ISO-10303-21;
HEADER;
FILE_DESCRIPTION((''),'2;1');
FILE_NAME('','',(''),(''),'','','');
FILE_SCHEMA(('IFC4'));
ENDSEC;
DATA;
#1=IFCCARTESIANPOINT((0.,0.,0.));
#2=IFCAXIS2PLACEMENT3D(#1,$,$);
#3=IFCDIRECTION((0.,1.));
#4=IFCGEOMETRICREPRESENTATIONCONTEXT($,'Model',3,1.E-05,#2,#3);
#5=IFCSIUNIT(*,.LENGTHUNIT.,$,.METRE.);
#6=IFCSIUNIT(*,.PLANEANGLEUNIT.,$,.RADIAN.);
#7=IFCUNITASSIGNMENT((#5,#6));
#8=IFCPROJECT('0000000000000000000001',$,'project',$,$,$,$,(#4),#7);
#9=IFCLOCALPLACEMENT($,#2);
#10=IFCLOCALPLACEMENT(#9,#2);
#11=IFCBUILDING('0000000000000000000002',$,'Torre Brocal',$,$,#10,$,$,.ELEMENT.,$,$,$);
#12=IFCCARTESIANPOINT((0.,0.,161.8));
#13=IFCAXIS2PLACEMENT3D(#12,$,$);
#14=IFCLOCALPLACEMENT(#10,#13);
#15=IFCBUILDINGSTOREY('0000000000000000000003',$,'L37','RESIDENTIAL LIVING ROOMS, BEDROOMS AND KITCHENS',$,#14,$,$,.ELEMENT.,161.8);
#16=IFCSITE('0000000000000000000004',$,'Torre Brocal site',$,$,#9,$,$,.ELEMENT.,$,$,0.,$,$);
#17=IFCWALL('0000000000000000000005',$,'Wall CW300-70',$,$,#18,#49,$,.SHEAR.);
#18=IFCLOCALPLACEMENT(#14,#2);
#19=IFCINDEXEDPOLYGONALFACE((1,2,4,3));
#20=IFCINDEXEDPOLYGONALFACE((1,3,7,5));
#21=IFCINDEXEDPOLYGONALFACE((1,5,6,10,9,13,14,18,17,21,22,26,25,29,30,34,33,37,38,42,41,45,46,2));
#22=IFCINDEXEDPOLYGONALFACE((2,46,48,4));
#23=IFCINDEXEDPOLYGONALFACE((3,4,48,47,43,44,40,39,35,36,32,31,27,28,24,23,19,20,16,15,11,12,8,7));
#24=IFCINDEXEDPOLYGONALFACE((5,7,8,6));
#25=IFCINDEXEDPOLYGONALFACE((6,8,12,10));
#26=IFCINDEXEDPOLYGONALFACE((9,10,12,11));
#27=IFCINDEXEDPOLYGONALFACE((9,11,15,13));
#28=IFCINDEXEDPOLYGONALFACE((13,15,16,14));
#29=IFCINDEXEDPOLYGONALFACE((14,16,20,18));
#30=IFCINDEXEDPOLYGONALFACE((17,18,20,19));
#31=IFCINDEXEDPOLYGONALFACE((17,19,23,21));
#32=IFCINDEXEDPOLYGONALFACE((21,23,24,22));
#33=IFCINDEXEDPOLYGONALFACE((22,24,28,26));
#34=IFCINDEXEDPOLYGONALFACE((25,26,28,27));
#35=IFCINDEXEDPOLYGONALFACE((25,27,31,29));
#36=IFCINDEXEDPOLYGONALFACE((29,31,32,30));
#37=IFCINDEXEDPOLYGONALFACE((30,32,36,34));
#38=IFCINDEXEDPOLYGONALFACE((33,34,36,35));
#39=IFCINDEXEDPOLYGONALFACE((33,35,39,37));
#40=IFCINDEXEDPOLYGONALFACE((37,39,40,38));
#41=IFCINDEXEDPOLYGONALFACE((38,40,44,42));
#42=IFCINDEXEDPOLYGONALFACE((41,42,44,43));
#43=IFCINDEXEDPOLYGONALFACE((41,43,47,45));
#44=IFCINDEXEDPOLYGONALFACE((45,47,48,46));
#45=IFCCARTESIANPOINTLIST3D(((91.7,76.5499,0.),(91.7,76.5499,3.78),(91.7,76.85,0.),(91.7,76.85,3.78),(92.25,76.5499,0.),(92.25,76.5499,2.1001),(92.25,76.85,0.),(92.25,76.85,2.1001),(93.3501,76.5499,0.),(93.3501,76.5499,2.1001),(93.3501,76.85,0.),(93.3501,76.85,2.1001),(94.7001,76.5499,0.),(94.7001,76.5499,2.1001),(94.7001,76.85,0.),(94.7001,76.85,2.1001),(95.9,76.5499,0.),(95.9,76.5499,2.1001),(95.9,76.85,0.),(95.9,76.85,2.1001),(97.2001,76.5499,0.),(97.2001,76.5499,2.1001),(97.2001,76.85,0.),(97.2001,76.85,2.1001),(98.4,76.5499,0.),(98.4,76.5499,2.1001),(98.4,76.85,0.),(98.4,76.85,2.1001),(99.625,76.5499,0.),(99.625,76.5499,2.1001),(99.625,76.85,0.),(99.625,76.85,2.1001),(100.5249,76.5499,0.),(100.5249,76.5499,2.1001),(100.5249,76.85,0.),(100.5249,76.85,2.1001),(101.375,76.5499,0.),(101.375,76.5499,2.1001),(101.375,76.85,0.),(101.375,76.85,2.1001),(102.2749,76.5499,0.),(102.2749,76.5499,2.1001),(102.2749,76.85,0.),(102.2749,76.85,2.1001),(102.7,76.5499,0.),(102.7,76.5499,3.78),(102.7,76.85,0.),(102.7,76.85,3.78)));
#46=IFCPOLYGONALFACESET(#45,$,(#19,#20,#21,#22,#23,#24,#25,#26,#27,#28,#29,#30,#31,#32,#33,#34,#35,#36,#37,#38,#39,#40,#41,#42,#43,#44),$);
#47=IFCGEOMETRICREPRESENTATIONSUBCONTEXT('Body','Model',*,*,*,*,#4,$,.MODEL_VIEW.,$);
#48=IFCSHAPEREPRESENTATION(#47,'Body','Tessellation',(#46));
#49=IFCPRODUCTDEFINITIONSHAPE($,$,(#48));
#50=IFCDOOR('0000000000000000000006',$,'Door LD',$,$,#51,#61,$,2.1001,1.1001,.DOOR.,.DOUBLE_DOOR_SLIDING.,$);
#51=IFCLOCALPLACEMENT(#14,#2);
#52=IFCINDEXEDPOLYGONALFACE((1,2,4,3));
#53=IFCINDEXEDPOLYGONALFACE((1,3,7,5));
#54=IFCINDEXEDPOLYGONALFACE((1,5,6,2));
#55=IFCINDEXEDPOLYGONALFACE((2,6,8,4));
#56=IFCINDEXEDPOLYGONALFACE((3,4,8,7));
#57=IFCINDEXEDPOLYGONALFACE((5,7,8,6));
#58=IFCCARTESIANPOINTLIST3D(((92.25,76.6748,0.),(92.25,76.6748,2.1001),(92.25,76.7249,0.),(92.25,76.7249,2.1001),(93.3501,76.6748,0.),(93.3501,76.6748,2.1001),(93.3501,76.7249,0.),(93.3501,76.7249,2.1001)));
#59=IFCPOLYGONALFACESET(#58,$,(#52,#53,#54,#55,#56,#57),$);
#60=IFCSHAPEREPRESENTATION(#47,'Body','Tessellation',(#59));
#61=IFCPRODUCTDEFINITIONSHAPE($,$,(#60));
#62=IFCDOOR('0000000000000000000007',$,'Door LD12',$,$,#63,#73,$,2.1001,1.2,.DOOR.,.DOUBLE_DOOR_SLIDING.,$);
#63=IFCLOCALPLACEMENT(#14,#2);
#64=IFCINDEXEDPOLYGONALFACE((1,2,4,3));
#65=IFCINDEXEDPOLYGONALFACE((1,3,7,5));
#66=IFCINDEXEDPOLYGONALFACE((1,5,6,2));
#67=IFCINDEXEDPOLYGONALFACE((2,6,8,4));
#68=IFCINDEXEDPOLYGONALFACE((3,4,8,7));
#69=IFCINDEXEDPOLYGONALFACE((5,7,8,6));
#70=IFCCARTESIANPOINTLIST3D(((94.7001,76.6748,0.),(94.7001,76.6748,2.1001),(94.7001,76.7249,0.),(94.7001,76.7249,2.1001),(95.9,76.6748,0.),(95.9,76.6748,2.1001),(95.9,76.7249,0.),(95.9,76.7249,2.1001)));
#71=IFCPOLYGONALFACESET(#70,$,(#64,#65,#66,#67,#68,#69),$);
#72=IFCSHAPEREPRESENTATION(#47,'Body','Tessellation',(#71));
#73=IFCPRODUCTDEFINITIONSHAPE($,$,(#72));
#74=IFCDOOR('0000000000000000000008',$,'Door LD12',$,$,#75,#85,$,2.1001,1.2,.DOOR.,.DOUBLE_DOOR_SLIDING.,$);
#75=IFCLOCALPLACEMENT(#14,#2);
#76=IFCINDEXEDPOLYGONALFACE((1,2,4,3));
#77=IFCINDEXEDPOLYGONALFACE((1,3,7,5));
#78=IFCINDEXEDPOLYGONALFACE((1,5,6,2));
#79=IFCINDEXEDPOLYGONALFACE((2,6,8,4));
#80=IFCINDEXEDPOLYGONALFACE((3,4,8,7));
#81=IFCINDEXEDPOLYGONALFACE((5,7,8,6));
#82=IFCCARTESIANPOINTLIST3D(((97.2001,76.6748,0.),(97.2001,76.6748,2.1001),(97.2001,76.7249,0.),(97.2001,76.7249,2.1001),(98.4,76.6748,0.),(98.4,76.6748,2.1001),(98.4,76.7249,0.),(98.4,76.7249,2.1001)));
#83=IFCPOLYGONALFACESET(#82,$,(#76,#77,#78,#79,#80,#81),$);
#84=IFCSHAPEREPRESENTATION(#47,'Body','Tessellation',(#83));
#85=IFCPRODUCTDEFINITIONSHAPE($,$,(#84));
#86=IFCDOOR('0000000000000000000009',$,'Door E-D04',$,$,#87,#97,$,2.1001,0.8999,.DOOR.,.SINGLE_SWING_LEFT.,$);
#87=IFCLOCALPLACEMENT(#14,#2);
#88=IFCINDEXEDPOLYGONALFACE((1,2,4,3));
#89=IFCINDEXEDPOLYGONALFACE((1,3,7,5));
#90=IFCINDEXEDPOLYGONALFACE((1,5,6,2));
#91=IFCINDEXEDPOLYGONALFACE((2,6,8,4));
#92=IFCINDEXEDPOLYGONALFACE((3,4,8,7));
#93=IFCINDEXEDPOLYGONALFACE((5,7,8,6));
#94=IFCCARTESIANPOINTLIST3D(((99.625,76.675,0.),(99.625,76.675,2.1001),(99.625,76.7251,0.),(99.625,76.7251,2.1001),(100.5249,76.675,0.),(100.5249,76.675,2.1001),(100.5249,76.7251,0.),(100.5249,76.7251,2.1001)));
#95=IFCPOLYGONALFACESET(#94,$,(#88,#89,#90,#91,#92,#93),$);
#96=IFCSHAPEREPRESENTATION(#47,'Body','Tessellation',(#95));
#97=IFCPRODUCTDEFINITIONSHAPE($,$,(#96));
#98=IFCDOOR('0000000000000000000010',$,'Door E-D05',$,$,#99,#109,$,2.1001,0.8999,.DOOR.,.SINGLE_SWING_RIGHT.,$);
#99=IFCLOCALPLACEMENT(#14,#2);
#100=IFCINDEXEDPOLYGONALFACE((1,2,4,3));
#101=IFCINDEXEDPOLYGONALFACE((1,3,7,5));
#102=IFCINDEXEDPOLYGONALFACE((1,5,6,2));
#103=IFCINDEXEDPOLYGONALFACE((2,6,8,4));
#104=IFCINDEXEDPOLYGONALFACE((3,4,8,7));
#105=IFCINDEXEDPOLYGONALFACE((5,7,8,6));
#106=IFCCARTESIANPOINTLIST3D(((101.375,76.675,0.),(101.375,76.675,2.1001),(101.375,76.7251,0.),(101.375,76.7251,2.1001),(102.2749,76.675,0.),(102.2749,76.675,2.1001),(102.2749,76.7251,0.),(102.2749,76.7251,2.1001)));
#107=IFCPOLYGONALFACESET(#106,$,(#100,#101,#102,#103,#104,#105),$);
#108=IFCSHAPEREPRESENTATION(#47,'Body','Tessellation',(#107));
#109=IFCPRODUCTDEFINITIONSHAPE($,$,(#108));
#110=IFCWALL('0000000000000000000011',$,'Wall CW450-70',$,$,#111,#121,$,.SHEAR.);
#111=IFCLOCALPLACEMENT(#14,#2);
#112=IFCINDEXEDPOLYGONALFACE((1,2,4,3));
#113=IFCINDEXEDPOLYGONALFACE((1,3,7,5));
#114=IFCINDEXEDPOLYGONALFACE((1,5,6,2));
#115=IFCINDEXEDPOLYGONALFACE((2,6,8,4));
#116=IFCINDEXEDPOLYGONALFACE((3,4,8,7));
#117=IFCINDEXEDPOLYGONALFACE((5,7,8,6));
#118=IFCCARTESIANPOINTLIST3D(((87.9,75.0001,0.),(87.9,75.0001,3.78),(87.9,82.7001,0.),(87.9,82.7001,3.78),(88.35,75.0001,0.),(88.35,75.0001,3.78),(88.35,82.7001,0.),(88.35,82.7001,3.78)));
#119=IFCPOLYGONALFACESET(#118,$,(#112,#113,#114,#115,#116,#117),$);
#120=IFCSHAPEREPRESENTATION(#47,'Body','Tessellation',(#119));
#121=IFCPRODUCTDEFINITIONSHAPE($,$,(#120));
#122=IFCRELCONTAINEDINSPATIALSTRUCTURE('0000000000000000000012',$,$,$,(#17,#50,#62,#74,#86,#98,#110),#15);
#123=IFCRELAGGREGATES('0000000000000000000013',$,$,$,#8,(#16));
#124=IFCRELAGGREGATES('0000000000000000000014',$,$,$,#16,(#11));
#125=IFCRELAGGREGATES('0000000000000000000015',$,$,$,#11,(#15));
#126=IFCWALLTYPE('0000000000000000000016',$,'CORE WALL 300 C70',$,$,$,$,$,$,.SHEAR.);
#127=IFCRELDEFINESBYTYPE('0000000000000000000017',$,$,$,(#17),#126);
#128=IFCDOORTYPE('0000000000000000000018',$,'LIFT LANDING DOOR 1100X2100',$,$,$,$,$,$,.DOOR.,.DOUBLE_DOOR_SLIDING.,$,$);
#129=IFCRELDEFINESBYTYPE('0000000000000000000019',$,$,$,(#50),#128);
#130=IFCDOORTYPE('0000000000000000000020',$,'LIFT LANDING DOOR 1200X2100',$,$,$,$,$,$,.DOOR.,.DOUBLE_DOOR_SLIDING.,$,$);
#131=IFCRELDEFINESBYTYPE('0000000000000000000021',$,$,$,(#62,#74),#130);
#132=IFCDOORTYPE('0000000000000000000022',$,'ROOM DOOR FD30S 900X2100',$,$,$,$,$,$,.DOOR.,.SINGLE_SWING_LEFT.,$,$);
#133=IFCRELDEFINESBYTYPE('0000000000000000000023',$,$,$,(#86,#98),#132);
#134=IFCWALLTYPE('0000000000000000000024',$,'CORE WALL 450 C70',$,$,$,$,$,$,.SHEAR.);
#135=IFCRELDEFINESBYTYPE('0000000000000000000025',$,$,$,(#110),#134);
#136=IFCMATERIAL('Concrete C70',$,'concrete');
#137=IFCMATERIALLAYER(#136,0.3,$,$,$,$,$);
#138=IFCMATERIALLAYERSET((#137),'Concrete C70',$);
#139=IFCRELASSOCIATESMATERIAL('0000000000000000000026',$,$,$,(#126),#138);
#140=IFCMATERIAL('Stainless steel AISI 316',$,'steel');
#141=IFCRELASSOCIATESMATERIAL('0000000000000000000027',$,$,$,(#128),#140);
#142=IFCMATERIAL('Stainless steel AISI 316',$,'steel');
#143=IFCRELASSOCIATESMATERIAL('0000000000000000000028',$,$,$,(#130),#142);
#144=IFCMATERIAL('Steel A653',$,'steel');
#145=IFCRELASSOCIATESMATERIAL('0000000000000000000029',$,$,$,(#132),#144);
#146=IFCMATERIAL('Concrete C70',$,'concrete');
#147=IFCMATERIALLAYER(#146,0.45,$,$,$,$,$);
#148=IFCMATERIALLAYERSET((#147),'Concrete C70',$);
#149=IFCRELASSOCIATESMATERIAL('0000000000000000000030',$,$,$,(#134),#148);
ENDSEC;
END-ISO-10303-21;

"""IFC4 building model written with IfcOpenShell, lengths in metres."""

from ifc_helpers import new_model, si_unit, direction, frame, frame_2d, origin, place, context, subcontext, project, spatial, rectangle, extrude, material, layer, layer_set, type_object, element, fill, save


model = new_model("IFC4")

# Units and contexts
model_context = context("Model", 3, precision=1e-05, world=origin(), true_north=direction((0.0, 1.0)))
body_context = subcontext(model_context, "Body", "Model", "MODEL_VIEW")
ifc_project = project(units=[si_unit("LENGTHUNIT", "METRE"), si_unit("PLANEANGLEUNIT", "RADIAN")], contexts=[model_context])

# Site, building, storey
site_placement = place(None, origin())
site = spatial("IfcSite", under=ifc_project, at=site_placement, Name="Torre Brocal site", CompositionType="ELEMENT", RefElevation=0.0)
building_placement = place(site_placement, origin())
building = spatial("IfcBuilding", under=site, at=building_placement, Name="Torre Brocal", CompositionType="ELEMENT")
storey_placement = place(building_placement, frame((0.0, 0.0, 161.8)))
storey = spatial("IfcBuildingStorey", under=building, at=storey_placement, Name="L37", Description="RESIDENTIAL LIVING ROOMS, BEDROOMS AND KITCHENS", CompositionType="ELEMENT", Elevation=161.8)

# Shared definitions
ifc_material_1 = material(Name="Concrete C70", Category="concrete")
ifc_layer_1 = layer(ifc_material_1, 0.3)
ifc_layer_set_1 = layer_set([ifc_layer_1], Name="Concrete C70")
wall_type_1 = type_object("IfcWallType", Name="CORE WALL 300 C70", PredefinedType="SHEAR", material=ifc_layer_set_1)

# Wall, openings, doors
wall_1_placement = place(storey_placement, frame((91.7, 76.7, 0.0), z_axis=(0.0, 0.0, 1.0), x_axis=(1.0, 0.0, 0.0)))
wall_1 = element("IfcWall", 1, at=wall_1_placement, inside=storey, type_object=wall_type_1, Name="Wall CW300-70", PredefinedType="SHEAR", context=body_context, shape_type="SweptSolid", body=[
    extrude(rectangle(XDim=11.0, YDim=0.3, at=frame_2d((5.5, 0.0))), origin(), (0.0, 0.0, 1.0), 3.78),
])
opening_1_placement = place(wall_1_placement, frame((0.55, 0.0, 0.0)))
opening_1 = element("IfcOpeningElement", 2, at=opening_1_placement, cuts=wall_1, PredefinedType="OPENING", context=body_context, shape_type="SweptSolid", body=[
    extrude(rectangle(XDim=1.1001, YDim=2.1001, at=frame_2d((0.55, 1.05))), frame((0.0, 0.1599, 0.0), z_axis=(0.0, -1.0, 0.0), x_axis=(1.0, 0.0, 0.0)), (0.0, 0.0, 1.0), 0.3201),
])
opening_2_placement = place(wall_1_placement, frame((3.0, 0.0, 0.0)))
opening_2 = element("IfcOpeningElement", 3, at=opening_2_placement, cuts=wall_1, PredefinedType="OPENING", context=body_context, shape_type="SweptSolid", body=[
    extrude(rectangle(XDim=1.2, YDim=2.1001, at=frame_2d((0.6001, 1.05))), frame((0.0, 0.1599, 0.0), z_axis=(0.0, -1.0, 0.0), x_axis=(1.0, 0.0, 0.0)), (0.0, 0.0, 1.0), 0.3201),
])
opening_3_placement = place(wall_1_placement, frame((5.5, 0.0, 0.0)))
opening_3 = element("IfcOpeningElement", 4, at=opening_3_placement, cuts=wall_1, PredefinedType="OPENING", context=body_context, shape_type="SweptSolid", body=[
    extrude(rectangle(XDim=1.2, YDim=2.1001, at=frame_2d((0.6001, 1.05))), frame((0.0, 0.1599, 0.0), z_axis=(0.0, -1.0, 0.0), x_axis=(1.0, 0.0, 0.0)), (0.0, 0.0, 1.0), 0.3201),
])
opening_4_placement = place(wall_1_placement, frame((7.925, 0.0, 0.0)))
opening_4 = element("IfcOpeningElement", 5, at=opening_4_placement, cuts=wall_1, PredefinedType="OPENING", context=body_context, shape_type="SweptSolid", body=[
    extrude(rectangle(XDim=0.8999, YDim=2.1001, at=frame_2d((0.45, 1.05))), frame((0.0, 0.1599, 0.0), z_axis=(0.0, -1.0, 0.0), x_axis=(1.0, 0.0, 0.0)), (0.0, 0.0, 1.0), 0.3201),
])
opening_5_placement = place(wall_1_placement, frame((9.675, 0.0, 0.0)))
opening_5 = element("IfcOpeningElement", 6, at=opening_5_placement, cuts=wall_1, PredefinedType="OPENING", context=body_context, shape_type="SweptSolid", body=[
    extrude(rectangle(XDim=0.8999, YDim=2.1001, at=frame_2d((0.45, 1.05))), frame((0.0, 0.1599, 0.0), z_axis=(0.0, -1.0, 0.0), x_axis=(1.0, 0.0, 0.0)), (0.0, 0.0, 1.0), 0.3201),
])
ifc_material_2 = material(Name="Stainless steel AISI 316", Category="steel")
door_type_1 = type_object("IfcDoorType", Name="LIFT LANDING DOOR 1100X2100", OperationType="DOUBLE_DOOR_SLIDING", PredefinedType="DOOR", material=ifc_material_2)
door_1_placement = place(opening_1_placement, origin())
door_1 = element("IfcDoor", 7, at=door_1_placement, inside=storey, type_object=door_type_1, Name="Door LD", OperationType="DOUBLE_DOOR_SLIDING", OverallHeight=2.1001, OverallWidth=1.1001, PredefinedType="DOOR", context=body_context, shape_type="SweptSolid", body=[
    extrude(rectangle(XDim=1.1001, YDim=2.1001, at=frame_2d((0.55, 1.05))), frame((0.0, 0.0249, 0.0), z_axis=(0.0, -1.0, 0.0), x_axis=(1.0, 0.0, 0.0)), (0.0, 0.0, 1.0), 0.05),
])
fill(opening_1, door_1)
ifc_material_3 = material(Name="Stainless steel AISI 316", Category="steel")
door_type_2 = type_object("IfcDoorType", Name="LIFT LANDING DOOR 1200X2100", OperationType="DOUBLE_DOOR_SLIDING", PredefinedType="DOOR", material=ifc_material_3)
door_2_placement = place(opening_2_placement, origin())
door_2 = element("IfcDoor", 8, at=door_2_placement, inside=storey, type_object=door_type_2, Name="Door LD12", OperationType="DOUBLE_DOOR_SLIDING", OverallHeight=2.1001, OverallWidth=1.2, PredefinedType="DOOR", context=body_context, shape_type="SweptSolid", body=[
    extrude(rectangle(XDim=1.2, YDim=2.1001, at=frame_2d((0.6001, 1.05))), frame((0.0, 0.0249, 0.0), z_axis=(0.0, -1.0, 0.0), x_axis=(1.0, 0.0, 0.0)), (0.0, 0.0, 1.0), 0.05),
])
fill(opening_2, door_2)
door_3_placement = place(opening_3_placement, origin())
door_3 = element("IfcDoor", 9, at=door_3_placement, inside=storey, type_object=door_type_2, Name="Door LD12", OperationType="DOUBLE_DOOR_SLIDING", OverallHeight=2.1001, OverallWidth=1.2, PredefinedType="DOOR", context=body_context, shape_type="SweptSolid", body=[
    extrude(rectangle(XDim=1.2, YDim=2.1001, at=frame_2d((0.6001, 1.05))), frame((0.0, 0.0249, 0.0), z_axis=(0.0, -1.0, 0.0), x_axis=(1.0, 0.0, 0.0)), (0.0, 0.0, 1.0), 0.05),
])
fill(opening_3, door_3)
ifc_material_4 = material(Name="Steel A653", Category="steel")
door_type_3 = type_object("IfcDoorType", Name="ROOM DOOR FD30S 900X2100", OperationType="SINGLE_SWING_LEFT", PredefinedType="DOOR", material=ifc_material_4)
door_4_placement = place(opening_4_placement, frame((0.8999, 0.0, 0.0), z_axis=(0.0, 0.0, 1.0), x_axis=(-1.0, 0.0, 0.0)))
door_4 = element("IfcDoor", 10, at=door_4_placement, inside=storey, type_object=door_type_3, Name="Door E-D04", OperationType="SINGLE_SWING_LEFT", OverallHeight=2.1001, OverallWidth=0.8999, PredefinedType="DOOR", context=body_context, shape_type="SweptSolid", body=[
    extrude(rectangle(XDim=0.8999, YDim=2.1001, at=frame_2d((0.45, 1.05))), frame((0.0, 0.0249, 0.0), z_axis=(0.0, -1.0, 0.0), x_axis=(1.0, 0.0, 0.0)), (0.0, 0.0, 1.0), 0.05),
])
fill(opening_4, door_4)
door_5_placement = place(opening_5_placement, frame((0.8999, 0.0, 0.0), z_axis=(0.0, 0.0, 1.0), x_axis=(-1.0, 0.0, 0.0)))
door_5 = element("IfcDoor", 11, at=door_5_placement, inside=storey, type_object=door_type_3, Name="Door E-D05", OperationType="SINGLE_SWING_RIGHT", OverallHeight=2.1001, OverallWidth=0.8999, PredefinedType="DOOR", context=body_context, shape_type="SweptSolid", body=[
    extrude(rectangle(XDim=0.8999, YDim=2.1001, at=frame_2d((0.45, 1.05))), frame((0.0, 0.0249, 0.0), z_axis=(0.0, -1.0, 0.0), x_axis=(1.0, 0.0, 0.0)), (0.0, 0.0, 1.0), 0.05),
])
fill(opening_5, door_5)

# Wall
ifc_material_5 = material(Name="Concrete C70", Category="concrete")
ifc_layer_2 = layer(ifc_material_5, 0.45)
ifc_layer_set_2 = layer_set([ifc_layer_2], Name="Concrete C70")
wall_type_2 = type_object("IfcWallType", Name="CORE WALL 450 C70", PredefinedType="SHEAR", material=ifc_layer_set_2)
wall_2_placement = place(storey_placement, frame((88.125, 75.0, 0.0), z_axis=(0.0, 0.0, 1.0), x_axis=(0.0, 1.0, 0.0)))
element("IfcWall", 12, at=wall_2_placement, inside=storey, type_object=wall_type_2, Name="Wall CW450-70", PredefinedType="SHEAR", context=body_context, shape_type="SweptSolid", body=[
    extrude(rectangle(XDim=7.7, YDim=0.45, at=frame_2d((3.8501, 0.0))), origin(), (0.0, 0.0, 1.0), 3.78),
])

save(model, "model.ifc")
